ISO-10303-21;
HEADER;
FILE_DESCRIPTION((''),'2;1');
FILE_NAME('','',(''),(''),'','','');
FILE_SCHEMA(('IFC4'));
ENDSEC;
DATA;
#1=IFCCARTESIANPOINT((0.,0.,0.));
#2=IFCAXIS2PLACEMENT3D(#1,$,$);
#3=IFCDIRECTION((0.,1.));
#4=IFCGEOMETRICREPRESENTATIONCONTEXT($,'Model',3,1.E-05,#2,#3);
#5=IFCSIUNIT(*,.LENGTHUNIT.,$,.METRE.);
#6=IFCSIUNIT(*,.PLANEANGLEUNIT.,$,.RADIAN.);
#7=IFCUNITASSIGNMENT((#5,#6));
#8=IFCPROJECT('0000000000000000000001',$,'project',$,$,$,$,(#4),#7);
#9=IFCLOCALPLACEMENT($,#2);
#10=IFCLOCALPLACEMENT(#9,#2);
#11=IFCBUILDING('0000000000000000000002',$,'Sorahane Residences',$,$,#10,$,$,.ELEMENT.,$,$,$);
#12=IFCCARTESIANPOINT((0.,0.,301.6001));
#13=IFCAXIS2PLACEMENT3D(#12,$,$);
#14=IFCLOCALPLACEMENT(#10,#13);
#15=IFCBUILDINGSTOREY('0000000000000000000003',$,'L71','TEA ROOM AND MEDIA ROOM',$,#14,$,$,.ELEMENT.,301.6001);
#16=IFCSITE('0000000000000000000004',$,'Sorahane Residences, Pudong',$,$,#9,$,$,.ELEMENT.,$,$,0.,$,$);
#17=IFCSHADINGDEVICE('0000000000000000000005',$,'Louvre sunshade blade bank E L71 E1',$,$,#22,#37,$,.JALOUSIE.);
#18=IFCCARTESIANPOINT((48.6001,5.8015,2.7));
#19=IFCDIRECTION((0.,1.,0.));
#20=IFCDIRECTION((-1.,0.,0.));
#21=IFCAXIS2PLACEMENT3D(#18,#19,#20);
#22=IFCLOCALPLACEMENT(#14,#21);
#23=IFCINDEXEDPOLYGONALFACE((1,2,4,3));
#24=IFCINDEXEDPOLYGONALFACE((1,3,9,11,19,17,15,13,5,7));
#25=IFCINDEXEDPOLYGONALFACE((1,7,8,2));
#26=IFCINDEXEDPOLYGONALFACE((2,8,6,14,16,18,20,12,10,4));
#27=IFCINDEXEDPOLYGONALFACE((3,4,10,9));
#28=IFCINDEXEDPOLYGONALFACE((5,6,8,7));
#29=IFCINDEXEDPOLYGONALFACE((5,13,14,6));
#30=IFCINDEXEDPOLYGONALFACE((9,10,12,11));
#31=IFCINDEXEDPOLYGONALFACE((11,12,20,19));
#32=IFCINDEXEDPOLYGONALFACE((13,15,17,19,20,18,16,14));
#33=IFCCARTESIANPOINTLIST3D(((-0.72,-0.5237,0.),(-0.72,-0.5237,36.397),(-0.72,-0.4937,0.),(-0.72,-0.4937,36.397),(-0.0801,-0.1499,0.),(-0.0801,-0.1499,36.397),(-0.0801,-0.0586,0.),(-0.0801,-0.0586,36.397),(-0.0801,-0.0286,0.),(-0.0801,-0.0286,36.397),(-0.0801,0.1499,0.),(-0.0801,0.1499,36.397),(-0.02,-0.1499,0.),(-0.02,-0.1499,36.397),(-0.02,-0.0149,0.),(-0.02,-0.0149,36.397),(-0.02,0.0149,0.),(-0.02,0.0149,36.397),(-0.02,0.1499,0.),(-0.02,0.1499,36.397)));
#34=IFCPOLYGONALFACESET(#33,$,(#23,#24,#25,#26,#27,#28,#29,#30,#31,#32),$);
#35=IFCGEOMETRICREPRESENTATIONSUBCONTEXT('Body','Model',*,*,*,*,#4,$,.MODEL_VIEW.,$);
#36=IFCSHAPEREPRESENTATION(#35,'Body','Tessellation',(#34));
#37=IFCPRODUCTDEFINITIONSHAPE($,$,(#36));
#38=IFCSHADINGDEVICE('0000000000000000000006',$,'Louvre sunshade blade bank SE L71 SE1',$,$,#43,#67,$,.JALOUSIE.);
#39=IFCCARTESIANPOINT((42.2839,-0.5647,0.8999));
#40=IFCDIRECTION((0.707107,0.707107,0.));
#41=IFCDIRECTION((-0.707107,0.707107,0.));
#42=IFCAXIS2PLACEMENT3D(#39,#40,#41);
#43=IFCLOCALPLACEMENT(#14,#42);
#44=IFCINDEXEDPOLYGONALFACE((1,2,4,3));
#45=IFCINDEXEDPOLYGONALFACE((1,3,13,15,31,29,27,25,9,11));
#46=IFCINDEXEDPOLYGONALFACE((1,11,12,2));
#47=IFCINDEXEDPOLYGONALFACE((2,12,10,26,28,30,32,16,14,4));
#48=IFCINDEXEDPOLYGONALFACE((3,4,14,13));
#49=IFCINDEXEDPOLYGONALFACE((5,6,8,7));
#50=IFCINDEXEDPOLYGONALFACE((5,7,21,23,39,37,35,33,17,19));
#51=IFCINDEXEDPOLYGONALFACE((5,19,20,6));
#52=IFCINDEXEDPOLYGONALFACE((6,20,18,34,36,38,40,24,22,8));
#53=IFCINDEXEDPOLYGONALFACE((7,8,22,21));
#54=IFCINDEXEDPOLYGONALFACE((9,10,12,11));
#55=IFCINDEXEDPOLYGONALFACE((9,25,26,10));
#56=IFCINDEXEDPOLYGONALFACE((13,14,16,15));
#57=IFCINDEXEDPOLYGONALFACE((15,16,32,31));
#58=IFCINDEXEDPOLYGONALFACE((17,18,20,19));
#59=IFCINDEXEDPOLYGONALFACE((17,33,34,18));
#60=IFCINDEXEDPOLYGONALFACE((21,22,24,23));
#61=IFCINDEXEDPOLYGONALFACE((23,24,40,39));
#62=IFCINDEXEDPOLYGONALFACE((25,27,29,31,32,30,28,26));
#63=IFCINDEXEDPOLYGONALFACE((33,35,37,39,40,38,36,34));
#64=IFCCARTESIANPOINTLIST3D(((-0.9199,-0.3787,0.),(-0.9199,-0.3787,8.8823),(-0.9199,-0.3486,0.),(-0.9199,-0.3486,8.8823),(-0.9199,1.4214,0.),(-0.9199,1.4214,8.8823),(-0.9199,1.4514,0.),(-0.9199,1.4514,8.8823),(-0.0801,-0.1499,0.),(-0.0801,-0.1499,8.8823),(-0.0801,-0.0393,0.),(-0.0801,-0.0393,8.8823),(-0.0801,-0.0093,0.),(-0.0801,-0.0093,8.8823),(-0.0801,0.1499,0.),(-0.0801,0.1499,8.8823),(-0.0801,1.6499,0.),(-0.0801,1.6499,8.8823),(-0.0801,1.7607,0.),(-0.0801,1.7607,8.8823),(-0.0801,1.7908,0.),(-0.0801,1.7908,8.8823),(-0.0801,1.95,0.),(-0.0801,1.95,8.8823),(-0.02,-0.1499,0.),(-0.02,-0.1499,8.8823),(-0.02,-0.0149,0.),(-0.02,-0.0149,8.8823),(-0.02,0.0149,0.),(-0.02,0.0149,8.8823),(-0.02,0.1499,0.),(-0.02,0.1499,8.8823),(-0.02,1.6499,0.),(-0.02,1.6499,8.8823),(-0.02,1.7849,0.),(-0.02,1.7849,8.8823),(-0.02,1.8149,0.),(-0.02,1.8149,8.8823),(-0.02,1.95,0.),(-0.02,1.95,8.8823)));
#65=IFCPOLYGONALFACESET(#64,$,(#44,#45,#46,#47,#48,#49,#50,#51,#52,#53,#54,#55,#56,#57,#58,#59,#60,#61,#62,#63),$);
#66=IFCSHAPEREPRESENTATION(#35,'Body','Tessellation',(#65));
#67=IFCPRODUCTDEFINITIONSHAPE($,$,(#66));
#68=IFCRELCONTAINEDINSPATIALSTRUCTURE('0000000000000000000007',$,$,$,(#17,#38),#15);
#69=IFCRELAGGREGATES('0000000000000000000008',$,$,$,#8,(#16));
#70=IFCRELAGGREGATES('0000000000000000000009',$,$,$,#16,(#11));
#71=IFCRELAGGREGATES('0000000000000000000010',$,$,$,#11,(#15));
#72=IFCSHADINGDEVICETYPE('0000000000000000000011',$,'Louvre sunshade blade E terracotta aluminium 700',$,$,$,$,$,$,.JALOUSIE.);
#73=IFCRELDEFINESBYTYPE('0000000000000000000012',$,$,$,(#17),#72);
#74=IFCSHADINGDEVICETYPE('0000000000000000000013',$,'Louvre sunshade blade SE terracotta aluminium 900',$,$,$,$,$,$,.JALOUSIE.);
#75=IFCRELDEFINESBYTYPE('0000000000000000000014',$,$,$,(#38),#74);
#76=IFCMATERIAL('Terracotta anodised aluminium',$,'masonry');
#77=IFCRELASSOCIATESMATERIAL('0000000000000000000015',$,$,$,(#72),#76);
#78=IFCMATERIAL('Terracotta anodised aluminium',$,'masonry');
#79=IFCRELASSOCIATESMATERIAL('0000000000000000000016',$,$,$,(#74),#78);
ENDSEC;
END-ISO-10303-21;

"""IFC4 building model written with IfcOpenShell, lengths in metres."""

from ifc_helpers import new_model, si_unit, direction, frame, origin, place, context, subcontext, project, spatial, polyline, outline, composite_profile, extrude, material, type_object, element, save


model = new_model("IFC4")

# Units and contexts
model_context = context("Model", 3, precision=1e-05, world=origin(), true_north=direction((0.0, 1.0)))
body_context = subcontext(model_context, "Body", "Model", "MODEL_VIEW")
ifc_project = project(units=[si_unit("LENGTHUNIT", "METRE"), si_unit("PLANEANGLEUNIT", "RADIAN")], contexts=[model_context])

# Site, building, storey
site_placement = place(None, origin())
site = spatial("IfcSite", under=ifc_project, at=site_placement, Name="Sorahane Residences, Pudong", CompositionType="ELEMENT", RefElevation=0.0)
building_placement = place(site_placement, origin())
building = spatial("IfcBuilding", under=site, at=building_placement, Name="Sorahane Residences", CompositionType="ELEMENT")
storey_placement = place(building_placement, frame((0.0, 0.0, 301.6001)))
storey = spatial("IfcBuildingStorey", under=building, at=storey_placement, Name="L71", Description="TEA ROOM AND MEDIA ROOM", CompositionType="ELEMENT", Elevation=301.6001)

# Shading devices
ifc_material_1 = material(Name="Terracotta anodised aluminium", Category="masonry")
shading_device_type_1 = type_object("IfcShadingDeviceType", Name="Louvre sunshade blade E terracotta aluminium 700", PredefinedType="JALOUSIE", material=ifc_material_1)
shading_device_1_placement = place(storey_placement, frame((48.6001, 5.8015, 2.7), z_axis=(0.0, 1.0, 0.0), x_axis=(-1.0, 0.0, 0.0)))
element("IfcShadingDevice", 1, at=shading_device_1_placement, inside=storey, type_object=shading_device_type_1, Name="Louvre sunshade blade bank E L71 E1", PredefinedType="JALOUSIE", context=body_context, shape_type="SweptSolid", body=[
    extrude(outline(polyline([(-0.72, -0.4937), (-0.72, -0.5237), (-0.0801, -0.0586), (-0.0801, -0.1499), (-0.02, -0.1499), (-0.02, -0.0149), (-0.02, 0.0149), (-0.02, 0.1499), (-0.0801, 0.1499), (-0.0801, -0.0286), (-0.72, -0.4937)])), origin(), (0.0, 0.0, 1.0), 36.397),
])
ifc_material_2 = material(Name="Terracotta anodised aluminium", Category="masonry")
shading_device_type_2 = type_object("IfcShadingDeviceType", Name="Louvre sunshade blade SE terracotta aluminium 900", PredefinedType="JALOUSIE", material=ifc_material_2)
shading_device_2_placement = place(storey_placement, frame((42.2839, -0.5647, 0.8999), z_axis=(0.707107, 0.707107, 0.0), x_axis=(-0.707107, 0.707107, 0.0)))
element("IfcShadingDevice", 2, at=shading_device_2_placement, inside=storey, type_object=shading_device_type_2, Name="Louvre sunshade blade bank SE L71 SE1", PredefinedType="JALOUSIE", context=body_context, shape_type="SweptSolid", body=[
    extrude(composite_profile([outline(polyline([(-0.9199, -0.3486), (-0.9199, -0.3787), (-0.0801, -0.0393), (-0.0801, -0.1499), (-0.02, -0.1499), (-0.02, -0.0149), (-0.02, 0.0149), (-0.02, 0.1499), (-0.0801, 0.1499), (-0.0801, -0.0093), (-0.9199, -0.3486)])), outline(polyline([(-0.9199, 1.4514), (-0.9199, 1.4214), (-0.0801, 1.7607), (-0.0801, 1.6499), (-0.02, 1.6499), (-0.02, 1.7849), (-0.02, 1.8149), (-0.02, 1.95), (-0.0801, 1.95), (-0.0801, 1.7908), (-0.9199, 1.4514)]))]), origin(), (0.0, 0.0, 1.0), 8.8823),
])

save(model, "model.ifc")
